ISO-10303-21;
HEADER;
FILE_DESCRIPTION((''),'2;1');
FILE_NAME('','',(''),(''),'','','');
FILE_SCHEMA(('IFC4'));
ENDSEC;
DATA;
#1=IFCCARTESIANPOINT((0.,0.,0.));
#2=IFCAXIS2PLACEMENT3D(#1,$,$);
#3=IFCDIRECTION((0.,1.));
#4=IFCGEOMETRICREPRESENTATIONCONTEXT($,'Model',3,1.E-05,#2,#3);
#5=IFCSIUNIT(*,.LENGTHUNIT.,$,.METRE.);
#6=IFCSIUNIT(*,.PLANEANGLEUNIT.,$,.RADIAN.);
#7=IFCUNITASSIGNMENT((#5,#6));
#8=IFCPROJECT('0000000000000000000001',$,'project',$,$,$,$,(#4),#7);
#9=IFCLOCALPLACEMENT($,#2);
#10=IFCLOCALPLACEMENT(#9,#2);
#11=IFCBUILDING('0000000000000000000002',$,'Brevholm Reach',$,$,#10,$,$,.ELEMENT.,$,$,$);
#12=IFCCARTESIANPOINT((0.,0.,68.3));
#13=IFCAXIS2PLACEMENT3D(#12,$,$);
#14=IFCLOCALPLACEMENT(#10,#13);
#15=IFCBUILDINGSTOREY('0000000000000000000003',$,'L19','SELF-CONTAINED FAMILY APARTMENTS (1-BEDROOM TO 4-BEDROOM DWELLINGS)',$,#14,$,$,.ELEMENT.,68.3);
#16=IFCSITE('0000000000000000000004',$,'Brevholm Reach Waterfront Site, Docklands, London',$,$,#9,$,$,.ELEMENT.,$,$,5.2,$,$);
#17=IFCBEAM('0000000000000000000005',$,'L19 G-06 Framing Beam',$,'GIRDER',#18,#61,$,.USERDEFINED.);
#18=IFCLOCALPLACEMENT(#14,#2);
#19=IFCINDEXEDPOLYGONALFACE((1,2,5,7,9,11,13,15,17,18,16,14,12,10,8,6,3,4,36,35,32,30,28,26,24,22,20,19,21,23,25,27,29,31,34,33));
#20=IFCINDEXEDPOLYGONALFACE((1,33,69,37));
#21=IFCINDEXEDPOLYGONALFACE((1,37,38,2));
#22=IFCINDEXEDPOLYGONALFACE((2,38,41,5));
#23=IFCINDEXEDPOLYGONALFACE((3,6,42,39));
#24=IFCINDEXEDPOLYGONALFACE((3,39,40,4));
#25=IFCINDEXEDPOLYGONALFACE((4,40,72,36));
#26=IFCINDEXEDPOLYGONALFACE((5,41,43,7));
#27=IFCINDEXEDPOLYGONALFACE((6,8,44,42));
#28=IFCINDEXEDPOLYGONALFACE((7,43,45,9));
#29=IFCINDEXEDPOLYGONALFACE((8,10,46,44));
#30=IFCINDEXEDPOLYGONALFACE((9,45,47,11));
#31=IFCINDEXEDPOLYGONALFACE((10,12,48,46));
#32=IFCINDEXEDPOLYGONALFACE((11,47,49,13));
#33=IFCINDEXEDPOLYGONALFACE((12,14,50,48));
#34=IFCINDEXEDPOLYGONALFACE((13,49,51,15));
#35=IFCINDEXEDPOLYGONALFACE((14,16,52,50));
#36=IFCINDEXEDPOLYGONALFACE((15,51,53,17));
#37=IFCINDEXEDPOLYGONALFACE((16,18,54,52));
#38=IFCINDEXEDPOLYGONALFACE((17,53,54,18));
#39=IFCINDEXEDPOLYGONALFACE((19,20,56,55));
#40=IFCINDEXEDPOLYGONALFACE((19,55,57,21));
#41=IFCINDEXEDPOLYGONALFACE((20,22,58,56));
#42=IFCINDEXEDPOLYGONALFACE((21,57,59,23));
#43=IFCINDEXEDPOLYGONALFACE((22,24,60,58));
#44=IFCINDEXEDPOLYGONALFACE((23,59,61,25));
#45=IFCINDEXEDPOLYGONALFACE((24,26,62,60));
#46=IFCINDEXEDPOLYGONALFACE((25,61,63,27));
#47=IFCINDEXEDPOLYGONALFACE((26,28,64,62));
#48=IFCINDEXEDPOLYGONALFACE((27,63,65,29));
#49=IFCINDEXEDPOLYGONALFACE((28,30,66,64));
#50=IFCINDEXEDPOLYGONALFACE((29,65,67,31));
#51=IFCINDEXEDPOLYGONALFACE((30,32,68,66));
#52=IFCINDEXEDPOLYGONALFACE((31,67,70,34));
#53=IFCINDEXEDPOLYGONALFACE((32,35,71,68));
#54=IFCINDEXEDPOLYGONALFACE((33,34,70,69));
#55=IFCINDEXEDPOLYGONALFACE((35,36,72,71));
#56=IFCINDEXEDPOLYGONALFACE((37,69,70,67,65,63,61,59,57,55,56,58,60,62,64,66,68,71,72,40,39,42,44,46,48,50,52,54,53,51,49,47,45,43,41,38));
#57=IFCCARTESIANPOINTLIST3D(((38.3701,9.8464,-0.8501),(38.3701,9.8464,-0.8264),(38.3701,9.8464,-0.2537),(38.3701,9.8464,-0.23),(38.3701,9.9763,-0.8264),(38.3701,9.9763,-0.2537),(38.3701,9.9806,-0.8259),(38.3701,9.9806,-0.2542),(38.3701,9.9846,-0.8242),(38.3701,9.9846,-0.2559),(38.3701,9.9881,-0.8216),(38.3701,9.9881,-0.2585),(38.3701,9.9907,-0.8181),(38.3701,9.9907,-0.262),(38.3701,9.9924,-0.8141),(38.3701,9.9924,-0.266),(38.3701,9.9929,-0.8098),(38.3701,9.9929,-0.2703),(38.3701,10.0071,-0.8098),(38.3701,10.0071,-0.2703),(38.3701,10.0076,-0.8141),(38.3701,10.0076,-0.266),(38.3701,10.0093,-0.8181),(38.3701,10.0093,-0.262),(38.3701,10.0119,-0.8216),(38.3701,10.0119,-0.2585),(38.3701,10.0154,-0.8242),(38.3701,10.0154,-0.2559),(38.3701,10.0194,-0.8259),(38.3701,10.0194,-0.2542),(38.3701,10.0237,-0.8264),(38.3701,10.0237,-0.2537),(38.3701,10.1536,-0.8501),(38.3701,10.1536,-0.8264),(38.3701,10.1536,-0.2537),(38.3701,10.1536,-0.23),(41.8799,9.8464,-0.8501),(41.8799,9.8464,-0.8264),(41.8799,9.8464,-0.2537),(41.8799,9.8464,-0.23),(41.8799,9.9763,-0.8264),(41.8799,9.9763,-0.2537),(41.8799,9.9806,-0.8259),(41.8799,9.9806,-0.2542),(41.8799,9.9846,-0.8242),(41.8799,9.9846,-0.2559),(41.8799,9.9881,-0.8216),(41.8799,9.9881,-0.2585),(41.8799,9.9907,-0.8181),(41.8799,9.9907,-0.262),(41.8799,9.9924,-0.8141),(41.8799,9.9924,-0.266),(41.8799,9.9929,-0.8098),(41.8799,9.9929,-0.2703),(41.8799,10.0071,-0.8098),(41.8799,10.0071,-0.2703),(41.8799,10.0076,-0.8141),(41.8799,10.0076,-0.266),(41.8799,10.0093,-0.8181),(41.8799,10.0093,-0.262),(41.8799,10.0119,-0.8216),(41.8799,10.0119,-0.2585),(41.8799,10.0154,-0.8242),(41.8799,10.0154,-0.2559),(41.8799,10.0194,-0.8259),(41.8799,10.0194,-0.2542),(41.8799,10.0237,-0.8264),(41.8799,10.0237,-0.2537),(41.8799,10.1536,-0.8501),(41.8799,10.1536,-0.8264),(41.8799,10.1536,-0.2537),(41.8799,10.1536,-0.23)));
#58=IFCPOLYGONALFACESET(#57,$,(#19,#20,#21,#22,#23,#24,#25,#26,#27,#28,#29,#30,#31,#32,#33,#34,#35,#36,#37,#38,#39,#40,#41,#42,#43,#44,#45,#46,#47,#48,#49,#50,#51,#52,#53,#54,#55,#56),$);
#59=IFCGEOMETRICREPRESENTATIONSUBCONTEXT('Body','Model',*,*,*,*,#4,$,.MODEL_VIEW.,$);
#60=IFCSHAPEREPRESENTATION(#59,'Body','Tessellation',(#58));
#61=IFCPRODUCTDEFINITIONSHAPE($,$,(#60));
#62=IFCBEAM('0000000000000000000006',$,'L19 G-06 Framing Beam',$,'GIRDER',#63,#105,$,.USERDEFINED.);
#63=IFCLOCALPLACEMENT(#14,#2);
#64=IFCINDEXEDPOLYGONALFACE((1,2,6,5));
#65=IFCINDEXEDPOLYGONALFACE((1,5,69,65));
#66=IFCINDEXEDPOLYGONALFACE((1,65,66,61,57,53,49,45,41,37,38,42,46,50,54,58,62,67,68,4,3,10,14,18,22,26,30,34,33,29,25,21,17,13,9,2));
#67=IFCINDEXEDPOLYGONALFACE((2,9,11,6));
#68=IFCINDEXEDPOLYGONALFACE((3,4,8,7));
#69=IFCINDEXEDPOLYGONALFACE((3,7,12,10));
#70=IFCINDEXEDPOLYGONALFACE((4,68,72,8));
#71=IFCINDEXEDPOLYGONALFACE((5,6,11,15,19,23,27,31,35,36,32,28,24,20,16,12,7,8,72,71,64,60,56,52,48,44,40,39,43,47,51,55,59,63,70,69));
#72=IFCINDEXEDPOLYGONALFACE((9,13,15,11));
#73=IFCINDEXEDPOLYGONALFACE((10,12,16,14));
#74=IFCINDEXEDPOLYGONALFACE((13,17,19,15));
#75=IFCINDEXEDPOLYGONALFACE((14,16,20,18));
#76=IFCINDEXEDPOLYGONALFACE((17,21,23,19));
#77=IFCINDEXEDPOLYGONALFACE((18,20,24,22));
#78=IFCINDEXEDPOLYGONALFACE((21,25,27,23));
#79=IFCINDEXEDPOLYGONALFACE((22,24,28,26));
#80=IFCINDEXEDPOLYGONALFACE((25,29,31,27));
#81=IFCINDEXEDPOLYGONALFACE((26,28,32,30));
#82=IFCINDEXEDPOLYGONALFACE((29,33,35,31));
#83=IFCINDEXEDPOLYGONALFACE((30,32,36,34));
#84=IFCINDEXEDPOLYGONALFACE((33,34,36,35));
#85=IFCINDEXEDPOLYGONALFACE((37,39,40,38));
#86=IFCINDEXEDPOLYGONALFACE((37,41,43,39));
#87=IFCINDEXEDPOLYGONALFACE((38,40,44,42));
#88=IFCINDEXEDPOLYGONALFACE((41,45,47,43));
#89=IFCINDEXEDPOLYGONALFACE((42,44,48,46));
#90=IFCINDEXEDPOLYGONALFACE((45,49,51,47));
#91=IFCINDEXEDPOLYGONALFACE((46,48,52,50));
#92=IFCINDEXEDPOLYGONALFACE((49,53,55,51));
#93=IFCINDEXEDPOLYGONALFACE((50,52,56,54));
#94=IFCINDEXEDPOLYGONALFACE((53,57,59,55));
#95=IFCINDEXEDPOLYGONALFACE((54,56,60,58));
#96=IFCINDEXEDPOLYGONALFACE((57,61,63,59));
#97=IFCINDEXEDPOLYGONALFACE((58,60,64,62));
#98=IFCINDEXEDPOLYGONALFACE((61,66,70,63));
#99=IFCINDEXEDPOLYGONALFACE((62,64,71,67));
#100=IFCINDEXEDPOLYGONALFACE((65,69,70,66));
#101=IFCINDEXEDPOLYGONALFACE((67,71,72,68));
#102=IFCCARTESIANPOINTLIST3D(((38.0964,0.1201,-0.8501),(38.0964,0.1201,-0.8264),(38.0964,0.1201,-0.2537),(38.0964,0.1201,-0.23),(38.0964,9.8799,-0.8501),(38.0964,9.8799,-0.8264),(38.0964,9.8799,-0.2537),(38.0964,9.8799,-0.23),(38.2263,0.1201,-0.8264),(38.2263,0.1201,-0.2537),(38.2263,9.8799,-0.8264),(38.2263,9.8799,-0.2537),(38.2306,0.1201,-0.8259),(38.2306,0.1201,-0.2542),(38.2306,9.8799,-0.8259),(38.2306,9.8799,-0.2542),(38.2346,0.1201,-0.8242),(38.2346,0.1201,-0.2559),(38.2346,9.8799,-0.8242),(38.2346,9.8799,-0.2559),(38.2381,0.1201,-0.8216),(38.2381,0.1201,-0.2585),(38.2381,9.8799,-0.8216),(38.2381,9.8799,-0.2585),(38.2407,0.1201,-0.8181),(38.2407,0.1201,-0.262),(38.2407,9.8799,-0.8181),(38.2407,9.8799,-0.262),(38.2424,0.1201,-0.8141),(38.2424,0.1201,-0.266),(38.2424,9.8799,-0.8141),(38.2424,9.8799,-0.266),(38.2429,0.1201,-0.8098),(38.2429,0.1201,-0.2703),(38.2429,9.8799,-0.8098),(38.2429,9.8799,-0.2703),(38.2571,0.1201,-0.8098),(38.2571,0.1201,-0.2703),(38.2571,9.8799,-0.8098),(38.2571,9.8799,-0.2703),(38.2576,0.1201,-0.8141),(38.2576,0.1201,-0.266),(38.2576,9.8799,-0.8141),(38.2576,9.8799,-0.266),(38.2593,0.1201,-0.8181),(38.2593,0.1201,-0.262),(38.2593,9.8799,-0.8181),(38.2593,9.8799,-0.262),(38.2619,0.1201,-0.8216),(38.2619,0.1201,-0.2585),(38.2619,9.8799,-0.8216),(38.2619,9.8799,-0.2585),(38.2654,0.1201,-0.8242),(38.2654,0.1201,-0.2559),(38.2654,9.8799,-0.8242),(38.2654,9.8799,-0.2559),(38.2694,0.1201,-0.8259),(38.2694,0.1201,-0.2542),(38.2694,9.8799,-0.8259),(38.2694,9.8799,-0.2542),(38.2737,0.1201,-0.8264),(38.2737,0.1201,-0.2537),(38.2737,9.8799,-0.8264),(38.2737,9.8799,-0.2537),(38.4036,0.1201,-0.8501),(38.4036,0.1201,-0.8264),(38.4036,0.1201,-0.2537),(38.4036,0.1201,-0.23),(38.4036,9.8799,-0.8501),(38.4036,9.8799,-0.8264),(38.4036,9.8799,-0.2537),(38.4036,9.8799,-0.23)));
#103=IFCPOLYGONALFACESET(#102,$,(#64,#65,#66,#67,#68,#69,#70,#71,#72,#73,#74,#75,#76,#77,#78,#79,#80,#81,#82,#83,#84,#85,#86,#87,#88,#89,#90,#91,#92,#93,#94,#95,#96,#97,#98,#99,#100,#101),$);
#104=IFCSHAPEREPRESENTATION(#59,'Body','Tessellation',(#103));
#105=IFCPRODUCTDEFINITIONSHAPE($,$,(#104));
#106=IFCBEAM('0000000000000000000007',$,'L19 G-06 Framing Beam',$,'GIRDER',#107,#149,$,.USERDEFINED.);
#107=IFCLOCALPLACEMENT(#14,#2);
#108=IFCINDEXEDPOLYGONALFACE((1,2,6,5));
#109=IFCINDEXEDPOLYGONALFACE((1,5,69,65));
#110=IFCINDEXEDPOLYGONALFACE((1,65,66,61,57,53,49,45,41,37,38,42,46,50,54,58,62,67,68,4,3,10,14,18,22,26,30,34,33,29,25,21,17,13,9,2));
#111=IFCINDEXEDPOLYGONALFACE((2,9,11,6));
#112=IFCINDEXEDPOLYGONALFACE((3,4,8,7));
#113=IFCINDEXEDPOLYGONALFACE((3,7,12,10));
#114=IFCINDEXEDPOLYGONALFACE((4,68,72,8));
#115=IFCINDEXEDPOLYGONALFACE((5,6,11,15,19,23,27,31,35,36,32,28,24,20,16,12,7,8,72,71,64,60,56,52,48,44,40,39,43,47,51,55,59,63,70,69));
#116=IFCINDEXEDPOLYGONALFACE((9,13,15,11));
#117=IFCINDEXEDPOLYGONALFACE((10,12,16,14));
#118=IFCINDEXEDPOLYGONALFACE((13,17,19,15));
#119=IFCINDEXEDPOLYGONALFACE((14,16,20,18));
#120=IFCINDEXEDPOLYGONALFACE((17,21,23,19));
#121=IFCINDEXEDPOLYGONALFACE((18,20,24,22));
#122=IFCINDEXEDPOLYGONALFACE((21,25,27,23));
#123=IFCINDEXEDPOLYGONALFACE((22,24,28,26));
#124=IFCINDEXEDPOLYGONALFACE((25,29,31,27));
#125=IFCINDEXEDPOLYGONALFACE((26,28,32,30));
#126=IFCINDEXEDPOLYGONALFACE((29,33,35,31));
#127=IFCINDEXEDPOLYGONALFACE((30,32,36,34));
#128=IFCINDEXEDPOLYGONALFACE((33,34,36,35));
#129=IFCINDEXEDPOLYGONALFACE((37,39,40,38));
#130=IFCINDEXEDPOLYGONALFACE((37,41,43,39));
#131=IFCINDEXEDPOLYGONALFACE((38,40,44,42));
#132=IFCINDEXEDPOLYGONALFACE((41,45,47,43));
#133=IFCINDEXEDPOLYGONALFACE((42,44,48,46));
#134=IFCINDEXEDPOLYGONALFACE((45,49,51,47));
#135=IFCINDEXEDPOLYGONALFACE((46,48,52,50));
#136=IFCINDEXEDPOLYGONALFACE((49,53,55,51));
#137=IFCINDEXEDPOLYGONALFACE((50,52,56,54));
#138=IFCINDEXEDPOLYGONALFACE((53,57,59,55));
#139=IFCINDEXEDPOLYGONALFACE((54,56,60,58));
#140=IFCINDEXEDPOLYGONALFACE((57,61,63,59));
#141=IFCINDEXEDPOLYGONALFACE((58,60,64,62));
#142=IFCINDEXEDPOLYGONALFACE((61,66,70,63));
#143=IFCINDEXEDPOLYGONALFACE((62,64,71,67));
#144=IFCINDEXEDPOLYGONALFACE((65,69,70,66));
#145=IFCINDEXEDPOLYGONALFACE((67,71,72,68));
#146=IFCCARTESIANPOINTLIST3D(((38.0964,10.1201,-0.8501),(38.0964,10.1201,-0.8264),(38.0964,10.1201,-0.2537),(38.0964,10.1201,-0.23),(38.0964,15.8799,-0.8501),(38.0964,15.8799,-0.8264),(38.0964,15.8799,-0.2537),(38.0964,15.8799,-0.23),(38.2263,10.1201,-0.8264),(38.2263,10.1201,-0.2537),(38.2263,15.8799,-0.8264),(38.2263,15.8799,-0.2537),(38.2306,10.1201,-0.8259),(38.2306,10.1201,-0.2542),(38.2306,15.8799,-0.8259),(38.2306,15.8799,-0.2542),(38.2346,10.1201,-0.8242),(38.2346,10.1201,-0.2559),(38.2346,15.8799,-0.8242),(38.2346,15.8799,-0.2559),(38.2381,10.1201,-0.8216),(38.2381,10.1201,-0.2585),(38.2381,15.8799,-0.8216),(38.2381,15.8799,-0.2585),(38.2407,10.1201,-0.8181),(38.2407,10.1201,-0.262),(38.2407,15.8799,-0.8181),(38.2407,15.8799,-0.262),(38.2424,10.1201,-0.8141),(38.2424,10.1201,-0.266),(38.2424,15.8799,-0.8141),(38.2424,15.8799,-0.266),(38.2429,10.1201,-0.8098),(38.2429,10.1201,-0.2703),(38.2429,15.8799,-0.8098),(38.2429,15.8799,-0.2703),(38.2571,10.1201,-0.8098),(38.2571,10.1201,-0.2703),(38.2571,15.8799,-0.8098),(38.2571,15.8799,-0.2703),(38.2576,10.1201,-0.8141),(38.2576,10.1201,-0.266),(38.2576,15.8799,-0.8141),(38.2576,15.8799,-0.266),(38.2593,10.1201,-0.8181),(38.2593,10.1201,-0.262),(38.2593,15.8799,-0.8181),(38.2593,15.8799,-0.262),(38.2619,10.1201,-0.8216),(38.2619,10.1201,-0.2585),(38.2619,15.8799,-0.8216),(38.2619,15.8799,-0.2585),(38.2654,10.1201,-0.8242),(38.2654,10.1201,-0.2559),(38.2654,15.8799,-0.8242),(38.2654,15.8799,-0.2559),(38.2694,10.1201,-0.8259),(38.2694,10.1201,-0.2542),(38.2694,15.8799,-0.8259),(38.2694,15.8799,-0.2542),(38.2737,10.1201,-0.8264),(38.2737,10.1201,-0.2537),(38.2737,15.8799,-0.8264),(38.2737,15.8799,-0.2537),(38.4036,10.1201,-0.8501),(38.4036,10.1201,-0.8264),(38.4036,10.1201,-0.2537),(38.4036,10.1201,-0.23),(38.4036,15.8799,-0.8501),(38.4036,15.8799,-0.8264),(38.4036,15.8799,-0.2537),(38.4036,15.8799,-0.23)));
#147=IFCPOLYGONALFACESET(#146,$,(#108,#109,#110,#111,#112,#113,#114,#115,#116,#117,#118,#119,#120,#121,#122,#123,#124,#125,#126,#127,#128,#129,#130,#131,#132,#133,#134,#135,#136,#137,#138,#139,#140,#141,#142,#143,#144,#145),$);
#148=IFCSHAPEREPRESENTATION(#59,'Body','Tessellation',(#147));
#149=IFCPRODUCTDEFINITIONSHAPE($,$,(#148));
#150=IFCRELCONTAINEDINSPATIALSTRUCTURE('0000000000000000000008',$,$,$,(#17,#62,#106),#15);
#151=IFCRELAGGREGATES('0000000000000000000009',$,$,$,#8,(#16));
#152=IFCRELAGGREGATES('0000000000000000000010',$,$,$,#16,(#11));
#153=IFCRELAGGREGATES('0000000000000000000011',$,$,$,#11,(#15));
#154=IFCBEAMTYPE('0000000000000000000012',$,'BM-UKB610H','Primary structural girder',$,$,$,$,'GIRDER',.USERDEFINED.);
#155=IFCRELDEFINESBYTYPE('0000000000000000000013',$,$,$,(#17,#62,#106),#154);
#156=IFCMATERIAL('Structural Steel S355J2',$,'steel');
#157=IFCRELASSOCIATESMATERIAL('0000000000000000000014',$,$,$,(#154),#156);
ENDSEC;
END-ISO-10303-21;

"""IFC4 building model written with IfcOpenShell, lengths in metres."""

from ifc_helpers import new_model, si_unit, direction, frame, origin, origin_2d, place, context, subcontext, project, spatial, i_section, extrude, material, material_profile, profile_set, type_object, element, save


model = new_model("IFC4")

# Units and contexts
model_context = context("Model", 3, precision=1e-05, world=origin(), true_north=direction((0.0, 1.0)))
body_context = subcontext(model_context, "Body", "Model", "MODEL_VIEW")
ifc_project = project(units=[si_unit("LENGTHUNIT", "METRE"), si_unit("PLANEANGLEUNIT", "RADIAN")], contexts=[model_context])

# Site, building, storey
site_placement = place(None, origin())
site = spatial("IfcSite", under=ifc_project, at=site_placement, Name="Brevholm Reach Waterfront Site, Docklands, London", CompositionType="ELEMENT", RefElevation=5.2)
building_placement = place(site_placement, origin())
building = spatial("IfcBuilding", under=site, at=building_placement, Name="Brevholm Reach", CompositionType="ELEMENT")
storey_placement = place(building_placement, frame((0.0, 0.0, 68.3)))
storey = spatial("IfcBuildingStorey", under=building, at=storey_placement, Name="L19", Description="SELF-CONTAINED FAMILY APARTMENTS (1-BEDROOM TO 4-BEDROOM DWELLINGS)", CompositionType="ELEMENT", Elevation=68.3)

# Beams
ifc_material_1 = material(Name="Structural Steel S355J2", Category="steel")
ifc_material_profile_1 = material_profile(ifc_material_1, i_section(OverallWidth=0.3071, OverallDepth=0.6201, WebThickness=0.0142, FlangeThickness=0.0237, FilletRadius=0.0166, at=origin_2d()), Name="UKB 610x305x179")
ifc_profile_set_1 = profile_set([ifc_material_profile_1], Name="Structural Steel S355J2")
beam_type_1 = type_object("IfcBeamType", Name="BM-UKB610H", Description="Primary structural girder", ElementType="GIRDER", PredefinedType="USERDEFINED", material=ifc_profile_set_1)
beam_1_placement = place(storey_placement, frame((38.3701, 10.0, -0.54), z_axis=(1.0, 0.0, 0.0), x_axis=(0.0, 1.0, 0.0)))
element("IfcBeam", 1, at=beam_1_placement, inside=storey, type_object=beam_type_1, Name="L19 G-06 Framing Beam", ObjectType="GIRDER", PredefinedType="USERDEFINED", context=body_context, shape_type="SweptSolid", body=[
    extrude(i_section(OverallWidth=0.3071, OverallDepth=0.6201, WebThickness=0.0142, FlangeThickness=0.0237, FilletRadius=0.0166, at=origin_2d()), origin(), (0.0, 0.0, 1.0), 3.5098),
])
beam_2_placement = place(storey_placement, frame((38.25, 0.1201, -0.54), z_axis=(0.0, 1.0, 0.0), x_axis=(-1.0, 0.0, 0.0)))
element("IfcBeam", 2, at=beam_2_placement, inside=storey, type_object=beam_type_1, Name="L19 G-06 Framing Beam", ObjectType="GIRDER", PredefinedType="USERDEFINED", context=body_context, shape_type="SweptSolid", body=[
    extrude(i_section(OverallWidth=0.3071, OverallDepth=0.6201, WebThickness=0.0142, FlangeThickness=0.0237, FilletRadius=0.0166, at=origin_2d()), origin(), (0.0, 0.0, 1.0), 9.7598),
])
beam_3_placement = place(storey_placement, frame((38.25, 10.1201, -0.54), z_axis=(0.0, 1.0, 0.0), x_axis=(-1.0, 0.0, 0.0)))
element("IfcBeam", 3, at=beam_3_placement, inside=storey, type_object=beam_type_1, Name="L19 G-06 Framing Beam", ObjectType="GIRDER", PredefinedType="USERDEFINED", context=body_context, shape_type="SweptSolid", body=[
    extrude(i_section(OverallWidth=0.3071, OverallDepth=0.6201, WebThickness=0.0142, FlangeThickness=0.0237, FilletRadius=0.0166, at=origin_2d()), origin(), (0.0, 0.0, 1.0), 5.7598),
])

save(model, "model.ifc")
